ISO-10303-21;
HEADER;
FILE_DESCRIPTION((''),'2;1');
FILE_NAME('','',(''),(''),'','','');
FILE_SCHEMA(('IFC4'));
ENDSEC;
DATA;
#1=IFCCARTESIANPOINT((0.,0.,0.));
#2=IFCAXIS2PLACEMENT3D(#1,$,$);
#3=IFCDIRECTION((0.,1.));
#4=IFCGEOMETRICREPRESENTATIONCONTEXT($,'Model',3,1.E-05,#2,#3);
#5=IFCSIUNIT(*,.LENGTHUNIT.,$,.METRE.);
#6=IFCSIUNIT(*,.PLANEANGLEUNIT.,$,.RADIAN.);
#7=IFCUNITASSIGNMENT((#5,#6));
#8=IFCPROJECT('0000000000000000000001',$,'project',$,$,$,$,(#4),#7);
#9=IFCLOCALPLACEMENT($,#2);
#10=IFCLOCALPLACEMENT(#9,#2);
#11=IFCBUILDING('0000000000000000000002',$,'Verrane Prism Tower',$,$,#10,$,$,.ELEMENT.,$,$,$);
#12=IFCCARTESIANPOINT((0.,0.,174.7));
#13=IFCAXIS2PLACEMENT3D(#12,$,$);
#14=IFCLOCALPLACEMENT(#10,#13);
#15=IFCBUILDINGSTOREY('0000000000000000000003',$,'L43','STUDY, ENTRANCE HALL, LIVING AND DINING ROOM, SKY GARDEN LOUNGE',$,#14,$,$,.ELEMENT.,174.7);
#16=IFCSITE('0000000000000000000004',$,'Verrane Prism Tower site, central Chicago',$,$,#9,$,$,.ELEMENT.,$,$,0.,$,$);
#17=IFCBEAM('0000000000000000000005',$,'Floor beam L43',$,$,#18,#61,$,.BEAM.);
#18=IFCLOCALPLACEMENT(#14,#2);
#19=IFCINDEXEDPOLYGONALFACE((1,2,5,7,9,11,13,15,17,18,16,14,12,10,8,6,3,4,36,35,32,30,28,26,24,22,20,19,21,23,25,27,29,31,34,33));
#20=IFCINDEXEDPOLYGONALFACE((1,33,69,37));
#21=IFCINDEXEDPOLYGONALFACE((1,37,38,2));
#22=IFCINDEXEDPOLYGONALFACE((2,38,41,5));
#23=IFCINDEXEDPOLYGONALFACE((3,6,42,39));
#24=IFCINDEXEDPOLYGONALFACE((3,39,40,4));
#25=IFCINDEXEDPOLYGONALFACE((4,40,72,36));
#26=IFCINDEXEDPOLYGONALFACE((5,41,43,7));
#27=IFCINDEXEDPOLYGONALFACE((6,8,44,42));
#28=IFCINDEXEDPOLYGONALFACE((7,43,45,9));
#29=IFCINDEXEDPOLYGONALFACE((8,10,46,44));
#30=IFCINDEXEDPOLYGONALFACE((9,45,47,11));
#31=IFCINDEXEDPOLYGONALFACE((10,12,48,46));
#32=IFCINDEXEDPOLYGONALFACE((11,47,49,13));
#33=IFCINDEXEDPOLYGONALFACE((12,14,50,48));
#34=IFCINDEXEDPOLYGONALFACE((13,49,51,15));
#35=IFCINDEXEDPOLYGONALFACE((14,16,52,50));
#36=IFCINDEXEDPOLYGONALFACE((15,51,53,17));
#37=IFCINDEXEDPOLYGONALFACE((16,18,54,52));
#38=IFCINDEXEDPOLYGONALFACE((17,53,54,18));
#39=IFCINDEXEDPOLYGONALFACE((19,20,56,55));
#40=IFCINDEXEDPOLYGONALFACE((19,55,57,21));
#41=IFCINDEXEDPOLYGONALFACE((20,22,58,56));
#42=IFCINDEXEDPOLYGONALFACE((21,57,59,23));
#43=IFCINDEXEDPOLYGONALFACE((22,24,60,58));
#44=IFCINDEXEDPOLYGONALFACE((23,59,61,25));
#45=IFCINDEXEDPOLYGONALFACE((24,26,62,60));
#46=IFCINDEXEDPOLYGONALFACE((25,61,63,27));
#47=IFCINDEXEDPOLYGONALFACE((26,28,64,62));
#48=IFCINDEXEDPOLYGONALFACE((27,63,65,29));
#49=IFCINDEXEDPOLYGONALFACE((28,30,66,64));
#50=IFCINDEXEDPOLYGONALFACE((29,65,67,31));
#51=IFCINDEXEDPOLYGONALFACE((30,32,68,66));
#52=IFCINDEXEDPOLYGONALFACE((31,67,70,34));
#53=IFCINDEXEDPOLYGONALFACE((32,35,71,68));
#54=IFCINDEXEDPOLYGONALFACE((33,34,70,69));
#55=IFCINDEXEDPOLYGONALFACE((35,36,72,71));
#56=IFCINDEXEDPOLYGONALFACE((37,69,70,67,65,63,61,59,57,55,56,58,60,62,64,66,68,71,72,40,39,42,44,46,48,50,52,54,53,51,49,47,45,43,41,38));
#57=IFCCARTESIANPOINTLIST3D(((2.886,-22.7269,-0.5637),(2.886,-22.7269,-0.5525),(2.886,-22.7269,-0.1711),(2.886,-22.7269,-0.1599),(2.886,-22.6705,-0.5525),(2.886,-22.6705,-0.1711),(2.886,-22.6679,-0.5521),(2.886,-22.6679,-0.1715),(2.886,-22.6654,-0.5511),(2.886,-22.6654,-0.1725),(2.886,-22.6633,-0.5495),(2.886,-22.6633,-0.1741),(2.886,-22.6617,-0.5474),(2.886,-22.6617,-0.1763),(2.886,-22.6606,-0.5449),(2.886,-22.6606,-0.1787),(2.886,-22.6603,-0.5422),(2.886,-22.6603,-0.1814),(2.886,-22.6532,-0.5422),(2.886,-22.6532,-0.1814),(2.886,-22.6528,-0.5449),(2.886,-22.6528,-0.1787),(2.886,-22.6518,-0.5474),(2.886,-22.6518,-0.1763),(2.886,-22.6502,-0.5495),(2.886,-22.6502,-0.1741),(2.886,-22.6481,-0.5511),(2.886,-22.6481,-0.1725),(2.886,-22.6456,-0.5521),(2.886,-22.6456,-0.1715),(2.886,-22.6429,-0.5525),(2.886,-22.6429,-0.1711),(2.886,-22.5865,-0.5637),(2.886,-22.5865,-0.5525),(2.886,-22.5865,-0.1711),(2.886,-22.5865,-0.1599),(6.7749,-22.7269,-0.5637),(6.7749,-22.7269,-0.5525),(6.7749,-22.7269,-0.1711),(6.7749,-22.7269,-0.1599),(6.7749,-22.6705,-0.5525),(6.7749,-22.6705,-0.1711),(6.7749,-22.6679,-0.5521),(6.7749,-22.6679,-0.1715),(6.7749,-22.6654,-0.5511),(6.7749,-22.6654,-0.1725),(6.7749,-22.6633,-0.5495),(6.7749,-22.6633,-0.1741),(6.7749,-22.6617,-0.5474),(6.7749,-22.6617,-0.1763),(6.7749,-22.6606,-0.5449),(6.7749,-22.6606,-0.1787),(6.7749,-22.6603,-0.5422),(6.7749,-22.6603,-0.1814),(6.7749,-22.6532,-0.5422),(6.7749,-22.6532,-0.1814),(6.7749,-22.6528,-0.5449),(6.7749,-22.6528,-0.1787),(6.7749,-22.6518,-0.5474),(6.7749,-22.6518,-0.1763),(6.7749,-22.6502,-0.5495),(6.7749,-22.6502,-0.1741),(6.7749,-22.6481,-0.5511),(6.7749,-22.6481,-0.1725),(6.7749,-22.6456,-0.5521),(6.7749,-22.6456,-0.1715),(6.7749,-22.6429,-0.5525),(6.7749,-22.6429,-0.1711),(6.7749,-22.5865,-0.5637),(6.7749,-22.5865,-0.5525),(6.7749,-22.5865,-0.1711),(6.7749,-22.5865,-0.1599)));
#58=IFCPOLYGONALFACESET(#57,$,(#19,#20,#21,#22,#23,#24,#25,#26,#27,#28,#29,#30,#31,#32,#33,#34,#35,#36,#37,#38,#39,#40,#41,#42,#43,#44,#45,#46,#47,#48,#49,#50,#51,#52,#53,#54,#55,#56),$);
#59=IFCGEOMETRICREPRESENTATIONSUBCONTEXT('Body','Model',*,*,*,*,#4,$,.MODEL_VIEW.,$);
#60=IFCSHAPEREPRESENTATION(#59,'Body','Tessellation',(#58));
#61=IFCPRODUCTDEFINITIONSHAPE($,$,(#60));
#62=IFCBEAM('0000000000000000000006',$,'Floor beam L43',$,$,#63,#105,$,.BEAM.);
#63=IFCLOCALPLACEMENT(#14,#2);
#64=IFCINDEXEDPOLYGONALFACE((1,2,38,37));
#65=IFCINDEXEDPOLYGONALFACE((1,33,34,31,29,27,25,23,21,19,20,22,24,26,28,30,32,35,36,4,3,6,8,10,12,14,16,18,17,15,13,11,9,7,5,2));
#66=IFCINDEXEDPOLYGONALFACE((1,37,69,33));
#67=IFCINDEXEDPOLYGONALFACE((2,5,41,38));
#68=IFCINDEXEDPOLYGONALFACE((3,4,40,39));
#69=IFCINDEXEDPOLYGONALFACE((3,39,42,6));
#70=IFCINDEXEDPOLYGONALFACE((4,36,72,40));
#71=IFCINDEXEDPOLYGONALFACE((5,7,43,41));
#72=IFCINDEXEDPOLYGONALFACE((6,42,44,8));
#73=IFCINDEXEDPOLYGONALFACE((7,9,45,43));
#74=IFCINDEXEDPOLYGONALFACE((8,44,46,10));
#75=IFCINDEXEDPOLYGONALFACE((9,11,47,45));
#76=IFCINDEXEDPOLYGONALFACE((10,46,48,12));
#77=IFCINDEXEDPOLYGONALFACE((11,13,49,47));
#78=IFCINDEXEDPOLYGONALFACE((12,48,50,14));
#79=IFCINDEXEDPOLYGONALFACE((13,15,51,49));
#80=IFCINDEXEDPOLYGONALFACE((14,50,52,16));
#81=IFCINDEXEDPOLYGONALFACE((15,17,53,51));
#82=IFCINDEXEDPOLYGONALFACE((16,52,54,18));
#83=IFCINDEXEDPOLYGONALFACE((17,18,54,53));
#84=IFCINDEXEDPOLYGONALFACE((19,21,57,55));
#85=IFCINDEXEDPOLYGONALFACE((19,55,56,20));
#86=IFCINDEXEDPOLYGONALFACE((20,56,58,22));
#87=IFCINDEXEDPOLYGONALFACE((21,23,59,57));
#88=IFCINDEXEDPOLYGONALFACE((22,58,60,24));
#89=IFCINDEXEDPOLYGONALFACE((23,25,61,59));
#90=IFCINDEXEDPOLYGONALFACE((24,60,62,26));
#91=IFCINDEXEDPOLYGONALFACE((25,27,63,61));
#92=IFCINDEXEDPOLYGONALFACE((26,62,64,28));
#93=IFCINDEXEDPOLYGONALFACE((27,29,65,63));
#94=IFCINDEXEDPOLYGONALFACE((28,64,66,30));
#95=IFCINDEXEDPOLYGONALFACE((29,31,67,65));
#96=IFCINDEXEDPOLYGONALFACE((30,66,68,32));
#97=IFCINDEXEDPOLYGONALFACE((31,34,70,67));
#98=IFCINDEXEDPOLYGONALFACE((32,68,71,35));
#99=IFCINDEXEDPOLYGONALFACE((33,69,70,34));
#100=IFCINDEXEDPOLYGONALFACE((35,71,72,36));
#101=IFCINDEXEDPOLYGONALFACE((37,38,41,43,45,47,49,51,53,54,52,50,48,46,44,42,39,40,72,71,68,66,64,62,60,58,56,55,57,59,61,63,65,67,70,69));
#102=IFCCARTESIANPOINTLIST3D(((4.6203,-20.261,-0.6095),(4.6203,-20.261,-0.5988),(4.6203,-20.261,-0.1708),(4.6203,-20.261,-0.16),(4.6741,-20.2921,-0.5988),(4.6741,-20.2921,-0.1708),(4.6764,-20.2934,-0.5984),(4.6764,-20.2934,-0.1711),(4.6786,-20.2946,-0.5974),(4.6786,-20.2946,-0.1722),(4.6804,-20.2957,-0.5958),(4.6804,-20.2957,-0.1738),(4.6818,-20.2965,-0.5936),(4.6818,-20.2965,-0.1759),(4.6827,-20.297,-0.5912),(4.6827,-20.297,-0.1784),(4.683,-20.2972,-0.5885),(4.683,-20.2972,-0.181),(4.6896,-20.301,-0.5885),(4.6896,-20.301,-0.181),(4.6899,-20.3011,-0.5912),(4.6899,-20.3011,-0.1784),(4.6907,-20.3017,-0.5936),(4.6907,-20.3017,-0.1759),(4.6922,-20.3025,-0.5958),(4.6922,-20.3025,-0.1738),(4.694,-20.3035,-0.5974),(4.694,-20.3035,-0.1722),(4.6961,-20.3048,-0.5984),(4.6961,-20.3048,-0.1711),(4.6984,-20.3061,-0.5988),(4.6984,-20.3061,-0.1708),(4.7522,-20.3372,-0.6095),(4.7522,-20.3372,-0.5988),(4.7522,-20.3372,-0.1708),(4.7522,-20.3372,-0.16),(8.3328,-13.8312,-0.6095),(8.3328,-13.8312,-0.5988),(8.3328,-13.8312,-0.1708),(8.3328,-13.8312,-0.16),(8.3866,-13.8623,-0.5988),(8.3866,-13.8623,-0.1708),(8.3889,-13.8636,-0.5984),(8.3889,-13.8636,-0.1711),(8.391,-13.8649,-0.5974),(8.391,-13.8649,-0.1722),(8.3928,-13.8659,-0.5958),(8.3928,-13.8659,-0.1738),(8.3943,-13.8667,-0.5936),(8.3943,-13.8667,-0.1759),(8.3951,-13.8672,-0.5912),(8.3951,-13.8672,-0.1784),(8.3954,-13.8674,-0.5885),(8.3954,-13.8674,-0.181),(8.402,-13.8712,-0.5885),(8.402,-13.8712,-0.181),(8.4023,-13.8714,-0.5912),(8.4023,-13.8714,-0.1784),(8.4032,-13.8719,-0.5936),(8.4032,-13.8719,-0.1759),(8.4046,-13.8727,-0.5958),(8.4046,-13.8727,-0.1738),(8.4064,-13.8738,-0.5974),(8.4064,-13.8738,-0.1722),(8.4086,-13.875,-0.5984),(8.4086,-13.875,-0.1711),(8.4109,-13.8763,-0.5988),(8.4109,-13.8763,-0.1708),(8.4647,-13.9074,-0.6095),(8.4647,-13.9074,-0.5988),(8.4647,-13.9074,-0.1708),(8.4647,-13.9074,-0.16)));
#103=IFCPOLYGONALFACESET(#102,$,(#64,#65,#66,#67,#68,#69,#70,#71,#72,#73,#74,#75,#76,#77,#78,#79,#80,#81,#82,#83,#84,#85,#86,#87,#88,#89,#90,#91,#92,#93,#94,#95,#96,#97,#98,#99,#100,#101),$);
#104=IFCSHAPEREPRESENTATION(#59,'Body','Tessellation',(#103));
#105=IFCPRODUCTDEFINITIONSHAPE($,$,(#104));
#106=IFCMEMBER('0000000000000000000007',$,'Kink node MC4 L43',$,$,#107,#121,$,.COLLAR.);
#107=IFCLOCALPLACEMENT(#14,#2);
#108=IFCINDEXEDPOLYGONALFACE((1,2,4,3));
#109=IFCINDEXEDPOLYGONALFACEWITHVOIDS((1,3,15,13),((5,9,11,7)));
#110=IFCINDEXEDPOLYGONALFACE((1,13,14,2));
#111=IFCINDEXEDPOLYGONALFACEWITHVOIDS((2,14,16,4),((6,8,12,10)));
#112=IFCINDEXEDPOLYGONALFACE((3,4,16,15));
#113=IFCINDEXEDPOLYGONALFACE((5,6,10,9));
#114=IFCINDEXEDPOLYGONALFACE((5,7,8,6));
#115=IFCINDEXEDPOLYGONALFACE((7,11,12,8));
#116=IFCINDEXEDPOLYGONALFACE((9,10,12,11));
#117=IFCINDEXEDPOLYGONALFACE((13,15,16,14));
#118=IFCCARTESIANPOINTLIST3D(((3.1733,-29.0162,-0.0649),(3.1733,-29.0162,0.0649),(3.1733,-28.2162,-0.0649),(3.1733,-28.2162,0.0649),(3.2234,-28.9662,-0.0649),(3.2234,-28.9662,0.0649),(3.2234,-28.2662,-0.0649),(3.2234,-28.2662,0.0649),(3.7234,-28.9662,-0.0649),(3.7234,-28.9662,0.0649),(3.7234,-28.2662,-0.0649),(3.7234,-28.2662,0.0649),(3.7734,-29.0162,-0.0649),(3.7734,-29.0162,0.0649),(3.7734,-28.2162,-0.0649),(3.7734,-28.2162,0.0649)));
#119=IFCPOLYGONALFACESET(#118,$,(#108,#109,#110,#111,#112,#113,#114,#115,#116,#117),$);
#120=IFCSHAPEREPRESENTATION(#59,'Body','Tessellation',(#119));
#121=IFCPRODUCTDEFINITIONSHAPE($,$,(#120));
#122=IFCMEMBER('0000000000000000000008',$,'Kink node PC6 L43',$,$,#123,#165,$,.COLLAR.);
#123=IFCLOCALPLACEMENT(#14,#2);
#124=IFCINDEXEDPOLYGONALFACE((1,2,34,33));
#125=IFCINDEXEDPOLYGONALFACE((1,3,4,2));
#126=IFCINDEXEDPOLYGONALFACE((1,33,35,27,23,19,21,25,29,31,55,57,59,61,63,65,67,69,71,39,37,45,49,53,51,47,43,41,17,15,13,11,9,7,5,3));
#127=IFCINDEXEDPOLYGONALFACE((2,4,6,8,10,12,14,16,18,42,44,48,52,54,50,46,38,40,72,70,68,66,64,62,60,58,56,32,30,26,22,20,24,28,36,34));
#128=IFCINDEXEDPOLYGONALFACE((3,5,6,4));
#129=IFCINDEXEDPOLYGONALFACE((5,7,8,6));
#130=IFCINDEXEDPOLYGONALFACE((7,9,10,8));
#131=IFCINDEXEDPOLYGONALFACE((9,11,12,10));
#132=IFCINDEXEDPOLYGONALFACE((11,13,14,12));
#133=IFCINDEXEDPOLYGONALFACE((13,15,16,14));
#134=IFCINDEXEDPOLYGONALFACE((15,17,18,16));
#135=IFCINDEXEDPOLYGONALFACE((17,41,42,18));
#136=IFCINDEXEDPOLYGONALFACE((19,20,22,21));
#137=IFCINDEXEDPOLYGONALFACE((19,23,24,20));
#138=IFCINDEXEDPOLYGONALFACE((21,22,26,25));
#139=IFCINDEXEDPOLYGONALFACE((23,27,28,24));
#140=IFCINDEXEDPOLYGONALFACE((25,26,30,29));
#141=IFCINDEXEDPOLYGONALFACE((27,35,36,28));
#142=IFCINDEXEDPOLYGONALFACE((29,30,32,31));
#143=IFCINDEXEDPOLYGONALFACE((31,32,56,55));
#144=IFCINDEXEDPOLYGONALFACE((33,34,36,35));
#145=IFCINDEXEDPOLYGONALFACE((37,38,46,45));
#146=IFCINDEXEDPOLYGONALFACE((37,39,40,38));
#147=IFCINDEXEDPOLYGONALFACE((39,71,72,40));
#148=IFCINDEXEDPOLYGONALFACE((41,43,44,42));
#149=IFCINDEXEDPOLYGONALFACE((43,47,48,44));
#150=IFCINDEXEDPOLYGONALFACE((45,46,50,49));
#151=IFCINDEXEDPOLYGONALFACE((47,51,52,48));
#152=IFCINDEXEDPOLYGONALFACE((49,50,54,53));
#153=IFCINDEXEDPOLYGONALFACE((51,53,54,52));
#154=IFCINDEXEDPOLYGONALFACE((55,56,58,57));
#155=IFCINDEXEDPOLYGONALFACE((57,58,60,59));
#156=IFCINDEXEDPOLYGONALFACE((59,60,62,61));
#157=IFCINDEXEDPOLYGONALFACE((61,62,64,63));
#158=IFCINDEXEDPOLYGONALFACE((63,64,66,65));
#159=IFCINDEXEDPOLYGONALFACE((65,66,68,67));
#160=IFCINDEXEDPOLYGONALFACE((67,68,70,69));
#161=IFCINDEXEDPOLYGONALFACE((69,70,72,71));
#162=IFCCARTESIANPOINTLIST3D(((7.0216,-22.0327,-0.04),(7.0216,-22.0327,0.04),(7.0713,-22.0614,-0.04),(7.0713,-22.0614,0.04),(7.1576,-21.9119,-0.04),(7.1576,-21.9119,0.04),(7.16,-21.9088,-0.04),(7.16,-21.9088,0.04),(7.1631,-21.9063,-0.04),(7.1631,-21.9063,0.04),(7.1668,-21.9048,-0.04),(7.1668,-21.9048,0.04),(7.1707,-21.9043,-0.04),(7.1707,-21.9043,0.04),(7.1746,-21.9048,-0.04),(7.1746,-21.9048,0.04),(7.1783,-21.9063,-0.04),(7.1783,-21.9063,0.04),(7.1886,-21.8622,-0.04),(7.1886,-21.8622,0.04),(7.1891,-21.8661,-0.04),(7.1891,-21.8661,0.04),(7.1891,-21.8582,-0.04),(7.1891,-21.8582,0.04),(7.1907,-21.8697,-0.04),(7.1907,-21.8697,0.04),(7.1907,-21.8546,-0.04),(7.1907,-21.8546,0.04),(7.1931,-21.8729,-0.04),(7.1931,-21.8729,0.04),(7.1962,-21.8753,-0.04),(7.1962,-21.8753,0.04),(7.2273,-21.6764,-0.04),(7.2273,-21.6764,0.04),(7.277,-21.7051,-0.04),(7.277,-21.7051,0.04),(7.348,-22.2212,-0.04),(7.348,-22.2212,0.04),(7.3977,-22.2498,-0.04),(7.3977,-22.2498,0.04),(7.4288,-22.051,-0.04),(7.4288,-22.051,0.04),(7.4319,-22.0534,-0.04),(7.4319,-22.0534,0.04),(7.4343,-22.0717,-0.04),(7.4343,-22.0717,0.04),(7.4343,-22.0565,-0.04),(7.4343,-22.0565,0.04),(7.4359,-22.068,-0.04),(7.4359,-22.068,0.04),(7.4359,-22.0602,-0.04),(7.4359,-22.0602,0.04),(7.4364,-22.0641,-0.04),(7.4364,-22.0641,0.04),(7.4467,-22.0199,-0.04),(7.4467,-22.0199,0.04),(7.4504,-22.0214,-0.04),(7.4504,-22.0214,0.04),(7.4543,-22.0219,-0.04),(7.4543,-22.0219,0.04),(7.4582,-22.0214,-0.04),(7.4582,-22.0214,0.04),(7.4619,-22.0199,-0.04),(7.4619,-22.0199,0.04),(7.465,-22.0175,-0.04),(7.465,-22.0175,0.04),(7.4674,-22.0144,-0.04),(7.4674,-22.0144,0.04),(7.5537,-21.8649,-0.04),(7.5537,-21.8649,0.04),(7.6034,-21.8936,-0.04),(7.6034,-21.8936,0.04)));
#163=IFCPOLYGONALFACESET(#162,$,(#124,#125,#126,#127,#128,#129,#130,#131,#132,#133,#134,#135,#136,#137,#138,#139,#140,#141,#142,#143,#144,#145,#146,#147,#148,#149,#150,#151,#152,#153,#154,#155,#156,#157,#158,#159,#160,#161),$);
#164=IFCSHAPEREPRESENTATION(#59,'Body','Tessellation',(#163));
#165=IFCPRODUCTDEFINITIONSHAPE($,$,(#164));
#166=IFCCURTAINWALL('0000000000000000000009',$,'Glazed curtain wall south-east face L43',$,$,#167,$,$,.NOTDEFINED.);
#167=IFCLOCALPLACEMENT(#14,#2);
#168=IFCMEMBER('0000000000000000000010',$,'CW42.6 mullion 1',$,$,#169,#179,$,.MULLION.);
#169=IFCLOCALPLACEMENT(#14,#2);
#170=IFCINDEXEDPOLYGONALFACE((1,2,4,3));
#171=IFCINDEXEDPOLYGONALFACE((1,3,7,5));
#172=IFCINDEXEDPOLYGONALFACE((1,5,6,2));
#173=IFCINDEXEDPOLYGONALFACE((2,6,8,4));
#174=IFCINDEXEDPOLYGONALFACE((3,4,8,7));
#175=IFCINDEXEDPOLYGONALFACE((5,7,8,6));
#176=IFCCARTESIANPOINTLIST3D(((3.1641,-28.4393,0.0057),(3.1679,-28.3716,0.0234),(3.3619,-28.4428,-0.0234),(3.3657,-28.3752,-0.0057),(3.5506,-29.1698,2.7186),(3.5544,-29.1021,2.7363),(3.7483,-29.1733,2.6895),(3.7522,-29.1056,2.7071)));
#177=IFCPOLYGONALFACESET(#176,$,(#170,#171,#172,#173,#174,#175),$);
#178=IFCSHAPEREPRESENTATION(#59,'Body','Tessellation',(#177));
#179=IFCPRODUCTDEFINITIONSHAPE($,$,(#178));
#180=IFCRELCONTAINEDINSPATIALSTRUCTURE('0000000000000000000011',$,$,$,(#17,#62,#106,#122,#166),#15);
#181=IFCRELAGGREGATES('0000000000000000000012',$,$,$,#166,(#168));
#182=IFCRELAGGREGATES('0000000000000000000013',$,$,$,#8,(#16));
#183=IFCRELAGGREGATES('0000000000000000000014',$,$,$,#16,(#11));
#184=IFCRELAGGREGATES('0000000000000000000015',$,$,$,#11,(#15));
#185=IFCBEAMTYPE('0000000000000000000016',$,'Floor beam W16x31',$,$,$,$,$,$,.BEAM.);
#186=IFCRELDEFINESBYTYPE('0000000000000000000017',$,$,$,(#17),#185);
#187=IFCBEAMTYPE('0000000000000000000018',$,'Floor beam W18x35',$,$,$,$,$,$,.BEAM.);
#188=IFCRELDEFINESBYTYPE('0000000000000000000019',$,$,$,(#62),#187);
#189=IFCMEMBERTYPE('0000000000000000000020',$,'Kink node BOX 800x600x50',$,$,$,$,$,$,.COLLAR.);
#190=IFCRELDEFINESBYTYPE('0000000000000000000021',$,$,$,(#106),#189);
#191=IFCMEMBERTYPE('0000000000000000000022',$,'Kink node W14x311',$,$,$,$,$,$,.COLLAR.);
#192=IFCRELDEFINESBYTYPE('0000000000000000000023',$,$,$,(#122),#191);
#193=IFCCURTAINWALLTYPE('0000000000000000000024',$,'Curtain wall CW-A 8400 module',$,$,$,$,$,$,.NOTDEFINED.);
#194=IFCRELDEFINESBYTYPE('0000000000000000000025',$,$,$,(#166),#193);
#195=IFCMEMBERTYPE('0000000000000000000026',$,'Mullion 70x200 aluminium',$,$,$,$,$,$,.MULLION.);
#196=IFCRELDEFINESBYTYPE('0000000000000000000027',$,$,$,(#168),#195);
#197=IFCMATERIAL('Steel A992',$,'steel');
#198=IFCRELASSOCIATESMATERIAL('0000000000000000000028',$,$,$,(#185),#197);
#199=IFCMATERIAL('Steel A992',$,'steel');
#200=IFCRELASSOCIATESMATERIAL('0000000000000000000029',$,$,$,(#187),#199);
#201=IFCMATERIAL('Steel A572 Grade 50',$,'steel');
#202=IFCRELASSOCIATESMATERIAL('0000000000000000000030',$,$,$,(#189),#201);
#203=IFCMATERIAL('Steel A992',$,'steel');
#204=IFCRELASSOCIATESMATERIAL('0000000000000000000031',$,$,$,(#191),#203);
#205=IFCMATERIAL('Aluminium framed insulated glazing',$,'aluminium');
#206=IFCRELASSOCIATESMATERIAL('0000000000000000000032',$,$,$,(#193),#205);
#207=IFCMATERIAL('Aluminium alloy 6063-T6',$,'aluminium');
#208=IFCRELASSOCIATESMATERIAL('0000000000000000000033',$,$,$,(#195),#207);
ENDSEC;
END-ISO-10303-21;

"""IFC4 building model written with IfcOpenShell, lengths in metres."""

from ifc_helpers import new_model, si_unit, direction, frame, origin, origin_2d, place, context, subcontext, project, spatial, rectangle, hollow_rectangle, i_section, extrude, material, material_profile, profile_set, type_object, element, aggregate, save


model = new_model("IFC4")

# Units and contexts
model_context = context("Model", 3, precision=1e-05, world=origin(), true_north=direction((0.0, 1.0)))
body_context = subcontext(model_context, "Body", "Model", "MODEL_VIEW")
ifc_project = project(units=[si_unit("LENGTHUNIT", "METRE"), si_unit("PLANEANGLEUNIT", "RADIAN")], contexts=[model_context])

# Site, building, storey
site_placement = place(None, origin())
site = spatial("IfcSite", under=ifc_project, at=site_placement, Name="Verrane Prism Tower site, central Chicago", CompositionType="ELEMENT", RefElevation=0.0)
building_placement = place(site_placement, origin())
building = spatial("IfcBuilding", under=site, at=building_placement, Name="Verrane Prism Tower", CompositionType="ELEMENT")
storey_placement = place(building_placement, frame((0.0, 0.0, 174.7)))
storey = spatial("IfcBuildingStorey", under=building, at=storey_placement, Name="L43", Description="STUDY, ENTRANCE HALL, LIVING AND DINING ROOM, SKY GARDEN LOUNGE", CompositionType="ELEMENT", Elevation=174.7)

# Beams
ifc_material_1 = material(Name="Steel A992", Category="steel")
ifc_material_profile_1 = material_profile(ifc_material_1, i_section(OverallWidth=0.1404, OverallDepth=0.4038, WebThickness=0.0071, FlangeThickness=0.0112, FilletRadius=0.0103, at=origin_2d()), Name="W16x31")
ifc_profile_set_1 = profile_set([ifc_material_profile_1], Name="Steel A992")
beam_type_1 = type_object("IfcBeamType", Name="Floor beam W16x31", PredefinedType="BEAM", material=ifc_profile_set_1)
beam_1_placement = place(storey_placement, frame((2.886, -22.6567, -0.3618), z_axis=(1.0, 0.0, 0.0), x_axis=(0.0, 1.0, 0.0)))
element("IfcBeam", 1, at=beam_1_placement, inside=storey, type_object=beam_type_1, Name="Floor beam L43", PredefinedType="BEAM", context=body_context, shape_type="SweptSolid", body=[
    extrude(i_section(OverallWidth=0.1404, OverallDepth=0.4038, WebThickness=0.0071, FlangeThickness=0.0112, FilletRadius=0.0103, at=origin_2d()), origin(), (0.0, 0.0, 1.0), 3.8889),
])
ifc_material_2 = material(Name="Steel A992", Category="steel")
ifc_material_profile_2 = material_profile(ifc_material_2, i_section(OverallWidth=0.1523, OverallDepth=0.4495, WebThickness=0.0076, FlangeThickness=0.0107, FilletRadius=0.0103, at=origin_2d()), Name="W18x35")
ifc_profile_set_2 = profile_set([ifc_material_profile_2], Name="Steel A992")
beam_type_2 = type_object("IfcBeamType", Name="Floor beam W18x35", PredefinedType="BEAM", material=ifc_profile_set_2)
beam_2_placement = place(storey_placement, frame((4.6863, -20.2991, -0.3848), z_axis=(0.500022, 0.866013, 0.0), x_axis=(-0.866013, 0.500022, 0.0)))
element("IfcBeam", 2, at=beam_2_placement, inside=storey, type_object=beam_type_2, Name="Floor beam L43", PredefinedType="BEAM", context=body_context, shape_type="SweptSolid", body=[
    extrude(i_section(OverallWidth=0.1523, OverallDepth=0.4495, WebThickness=0.0076, FlangeThickness=0.0107, FilletRadius=0.0103, at=origin_2d()), origin(), (0.0, 0.0, 1.0), 7.4246),
])

# Members
ifc_material_3 = material(Name="Steel A572 Grade 50", Category="steel")
ifc_material_profile_3 = material_profile(ifc_material_3, hollow_rectangle(XDim=0.6001, YDim=0.8, WallThickness=0.05, at=origin_2d()), Name="BOX 800x600x50")
ifc_profile_set_3 = profile_set([ifc_material_profile_3], Name="Steel A572 Grade 50")
member_type_1 = type_object("IfcMemberType", Name="Kink node BOX 800x600x50", PredefinedType="COLLAR", material=ifc_profile_set_3)
member_1_placement = place(storey_placement, frame((3.4734, -28.6162, -0.0649), z_axis=(0.0, 0.0, 1.0), x_axis=(-1.0, 0.0, 0.0)))
element("IfcMember", 3, at=member_1_placement, inside=storey, type_object=member_type_1, Name="Kink node MC4 L43", PredefinedType="COLLAR", context=body_context, shape_type="SweptSolid", body=[
    extrude(hollow_rectangle(XDim=0.6001, YDim=0.8, WallThickness=0.05, at=origin_2d()), origin(), (0.0, 0.0, 1.0), 0.1299),
])
ifc_material_4 = material(Name="Steel A992", Category="steel")
ifc_material_profile_4 = material_profile(ifc_material_4, i_section(OverallWidth=0.4114, OverallDepth=0.4343, WebThickness=0.0359, FlangeThickness=0.0574, FilletRadius=0.0151, at=origin_2d()), Name="W14x311")
ifc_profile_set_4 = profile_set([ifc_material_profile_4], Name="Steel A992")
member_type_2 = type_object("IfcMemberType", Name="Kink node W14x311", PredefinedType="COLLAR", material=ifc_profile_set_4)
member_2_placement = place(storey_placement, frame((7.3125, -21.9631, -0.04), z_axis=(0.0, 0.0, 1.0), x_axis=(-0.5, -0.866025, 0.0)))
element("IfcMember", 4, at=member_2_placement, inside=storey, type_object=member_type_2, Name="Kink node PC6 L43", PredefinedType="COLLAR", context=body_context, shape_type="SweptSolid", body=[
    extrude(i_section(OverallWidth=0.4114, OverallDepth=0.4343, WebThickness=0.0359, FlangeThickness=0.0574, FilletRadius=0.0151, at=origin_2d()), origin(), (0.0, 0.0, 1.0), 0.0801),
])

# Curtain wall, member
ifc_material_5 = material(Name="Aluminium framed insulated glazing", Category="aluminium")
curtain_wall_type = type_object("IfcCurtainWallType", Name="Curtain wall CW-A 8400 module", PredefinedType="NOTDEFINED", material=ifc_material_5)
curtain_wall_placement = place(storey_placement, origin())
curtain_wall = element("IfcCurtainWall", 5, at=curtain_wall_placement, inside=storey, type_object=curtain_wall_type, Name="Glazed curtain wall south-east face L43", PredefinedType="NOTDEFINED")
ifc_material_6 = material(Name="Aluminium alloy 6063-T6", Category="aluminium")
ifc_material_profile_5 = material_profile(ifc_material_6, rectangle(XDim=0.2, YDim=0.0701, at=origin_2d()), Name="Mullion 70x200 aluminium")
ifc_profile_set_5 = profile_set([ifc_material_profile_5], Name="Aluminium alloy 6063-T6")
member_type_3 = type_object("IfcMemberType", Name="Mullion 70x200 aluminium", PredefinedType="MULLION", material=ifc_profile_set_5)
member_3_placement = place(storey_placement, frame((3.2649, -28.4072, 0.0), z_axis=(0.136276, -0.257573, 0.956601), x_axis=(-0.989169, 0.01777, 0.1457)))
member_3 = element("IfcMember", 6, at=member_3_placement, type_object=member_type_3, Name="CW42.6 mullion 1", PredefinedType="MULLION", context=body_context, shape_type="SweptSolid", body=[
    extrude(rectangle(XDim=0.2, YDim=0.0701, at=origin_2d()), origin(), (0.0, 0.0, 1.0), 2.8359),
])

aggregate(curtain_wall, [member_3])

save(model, "model.ifc")
